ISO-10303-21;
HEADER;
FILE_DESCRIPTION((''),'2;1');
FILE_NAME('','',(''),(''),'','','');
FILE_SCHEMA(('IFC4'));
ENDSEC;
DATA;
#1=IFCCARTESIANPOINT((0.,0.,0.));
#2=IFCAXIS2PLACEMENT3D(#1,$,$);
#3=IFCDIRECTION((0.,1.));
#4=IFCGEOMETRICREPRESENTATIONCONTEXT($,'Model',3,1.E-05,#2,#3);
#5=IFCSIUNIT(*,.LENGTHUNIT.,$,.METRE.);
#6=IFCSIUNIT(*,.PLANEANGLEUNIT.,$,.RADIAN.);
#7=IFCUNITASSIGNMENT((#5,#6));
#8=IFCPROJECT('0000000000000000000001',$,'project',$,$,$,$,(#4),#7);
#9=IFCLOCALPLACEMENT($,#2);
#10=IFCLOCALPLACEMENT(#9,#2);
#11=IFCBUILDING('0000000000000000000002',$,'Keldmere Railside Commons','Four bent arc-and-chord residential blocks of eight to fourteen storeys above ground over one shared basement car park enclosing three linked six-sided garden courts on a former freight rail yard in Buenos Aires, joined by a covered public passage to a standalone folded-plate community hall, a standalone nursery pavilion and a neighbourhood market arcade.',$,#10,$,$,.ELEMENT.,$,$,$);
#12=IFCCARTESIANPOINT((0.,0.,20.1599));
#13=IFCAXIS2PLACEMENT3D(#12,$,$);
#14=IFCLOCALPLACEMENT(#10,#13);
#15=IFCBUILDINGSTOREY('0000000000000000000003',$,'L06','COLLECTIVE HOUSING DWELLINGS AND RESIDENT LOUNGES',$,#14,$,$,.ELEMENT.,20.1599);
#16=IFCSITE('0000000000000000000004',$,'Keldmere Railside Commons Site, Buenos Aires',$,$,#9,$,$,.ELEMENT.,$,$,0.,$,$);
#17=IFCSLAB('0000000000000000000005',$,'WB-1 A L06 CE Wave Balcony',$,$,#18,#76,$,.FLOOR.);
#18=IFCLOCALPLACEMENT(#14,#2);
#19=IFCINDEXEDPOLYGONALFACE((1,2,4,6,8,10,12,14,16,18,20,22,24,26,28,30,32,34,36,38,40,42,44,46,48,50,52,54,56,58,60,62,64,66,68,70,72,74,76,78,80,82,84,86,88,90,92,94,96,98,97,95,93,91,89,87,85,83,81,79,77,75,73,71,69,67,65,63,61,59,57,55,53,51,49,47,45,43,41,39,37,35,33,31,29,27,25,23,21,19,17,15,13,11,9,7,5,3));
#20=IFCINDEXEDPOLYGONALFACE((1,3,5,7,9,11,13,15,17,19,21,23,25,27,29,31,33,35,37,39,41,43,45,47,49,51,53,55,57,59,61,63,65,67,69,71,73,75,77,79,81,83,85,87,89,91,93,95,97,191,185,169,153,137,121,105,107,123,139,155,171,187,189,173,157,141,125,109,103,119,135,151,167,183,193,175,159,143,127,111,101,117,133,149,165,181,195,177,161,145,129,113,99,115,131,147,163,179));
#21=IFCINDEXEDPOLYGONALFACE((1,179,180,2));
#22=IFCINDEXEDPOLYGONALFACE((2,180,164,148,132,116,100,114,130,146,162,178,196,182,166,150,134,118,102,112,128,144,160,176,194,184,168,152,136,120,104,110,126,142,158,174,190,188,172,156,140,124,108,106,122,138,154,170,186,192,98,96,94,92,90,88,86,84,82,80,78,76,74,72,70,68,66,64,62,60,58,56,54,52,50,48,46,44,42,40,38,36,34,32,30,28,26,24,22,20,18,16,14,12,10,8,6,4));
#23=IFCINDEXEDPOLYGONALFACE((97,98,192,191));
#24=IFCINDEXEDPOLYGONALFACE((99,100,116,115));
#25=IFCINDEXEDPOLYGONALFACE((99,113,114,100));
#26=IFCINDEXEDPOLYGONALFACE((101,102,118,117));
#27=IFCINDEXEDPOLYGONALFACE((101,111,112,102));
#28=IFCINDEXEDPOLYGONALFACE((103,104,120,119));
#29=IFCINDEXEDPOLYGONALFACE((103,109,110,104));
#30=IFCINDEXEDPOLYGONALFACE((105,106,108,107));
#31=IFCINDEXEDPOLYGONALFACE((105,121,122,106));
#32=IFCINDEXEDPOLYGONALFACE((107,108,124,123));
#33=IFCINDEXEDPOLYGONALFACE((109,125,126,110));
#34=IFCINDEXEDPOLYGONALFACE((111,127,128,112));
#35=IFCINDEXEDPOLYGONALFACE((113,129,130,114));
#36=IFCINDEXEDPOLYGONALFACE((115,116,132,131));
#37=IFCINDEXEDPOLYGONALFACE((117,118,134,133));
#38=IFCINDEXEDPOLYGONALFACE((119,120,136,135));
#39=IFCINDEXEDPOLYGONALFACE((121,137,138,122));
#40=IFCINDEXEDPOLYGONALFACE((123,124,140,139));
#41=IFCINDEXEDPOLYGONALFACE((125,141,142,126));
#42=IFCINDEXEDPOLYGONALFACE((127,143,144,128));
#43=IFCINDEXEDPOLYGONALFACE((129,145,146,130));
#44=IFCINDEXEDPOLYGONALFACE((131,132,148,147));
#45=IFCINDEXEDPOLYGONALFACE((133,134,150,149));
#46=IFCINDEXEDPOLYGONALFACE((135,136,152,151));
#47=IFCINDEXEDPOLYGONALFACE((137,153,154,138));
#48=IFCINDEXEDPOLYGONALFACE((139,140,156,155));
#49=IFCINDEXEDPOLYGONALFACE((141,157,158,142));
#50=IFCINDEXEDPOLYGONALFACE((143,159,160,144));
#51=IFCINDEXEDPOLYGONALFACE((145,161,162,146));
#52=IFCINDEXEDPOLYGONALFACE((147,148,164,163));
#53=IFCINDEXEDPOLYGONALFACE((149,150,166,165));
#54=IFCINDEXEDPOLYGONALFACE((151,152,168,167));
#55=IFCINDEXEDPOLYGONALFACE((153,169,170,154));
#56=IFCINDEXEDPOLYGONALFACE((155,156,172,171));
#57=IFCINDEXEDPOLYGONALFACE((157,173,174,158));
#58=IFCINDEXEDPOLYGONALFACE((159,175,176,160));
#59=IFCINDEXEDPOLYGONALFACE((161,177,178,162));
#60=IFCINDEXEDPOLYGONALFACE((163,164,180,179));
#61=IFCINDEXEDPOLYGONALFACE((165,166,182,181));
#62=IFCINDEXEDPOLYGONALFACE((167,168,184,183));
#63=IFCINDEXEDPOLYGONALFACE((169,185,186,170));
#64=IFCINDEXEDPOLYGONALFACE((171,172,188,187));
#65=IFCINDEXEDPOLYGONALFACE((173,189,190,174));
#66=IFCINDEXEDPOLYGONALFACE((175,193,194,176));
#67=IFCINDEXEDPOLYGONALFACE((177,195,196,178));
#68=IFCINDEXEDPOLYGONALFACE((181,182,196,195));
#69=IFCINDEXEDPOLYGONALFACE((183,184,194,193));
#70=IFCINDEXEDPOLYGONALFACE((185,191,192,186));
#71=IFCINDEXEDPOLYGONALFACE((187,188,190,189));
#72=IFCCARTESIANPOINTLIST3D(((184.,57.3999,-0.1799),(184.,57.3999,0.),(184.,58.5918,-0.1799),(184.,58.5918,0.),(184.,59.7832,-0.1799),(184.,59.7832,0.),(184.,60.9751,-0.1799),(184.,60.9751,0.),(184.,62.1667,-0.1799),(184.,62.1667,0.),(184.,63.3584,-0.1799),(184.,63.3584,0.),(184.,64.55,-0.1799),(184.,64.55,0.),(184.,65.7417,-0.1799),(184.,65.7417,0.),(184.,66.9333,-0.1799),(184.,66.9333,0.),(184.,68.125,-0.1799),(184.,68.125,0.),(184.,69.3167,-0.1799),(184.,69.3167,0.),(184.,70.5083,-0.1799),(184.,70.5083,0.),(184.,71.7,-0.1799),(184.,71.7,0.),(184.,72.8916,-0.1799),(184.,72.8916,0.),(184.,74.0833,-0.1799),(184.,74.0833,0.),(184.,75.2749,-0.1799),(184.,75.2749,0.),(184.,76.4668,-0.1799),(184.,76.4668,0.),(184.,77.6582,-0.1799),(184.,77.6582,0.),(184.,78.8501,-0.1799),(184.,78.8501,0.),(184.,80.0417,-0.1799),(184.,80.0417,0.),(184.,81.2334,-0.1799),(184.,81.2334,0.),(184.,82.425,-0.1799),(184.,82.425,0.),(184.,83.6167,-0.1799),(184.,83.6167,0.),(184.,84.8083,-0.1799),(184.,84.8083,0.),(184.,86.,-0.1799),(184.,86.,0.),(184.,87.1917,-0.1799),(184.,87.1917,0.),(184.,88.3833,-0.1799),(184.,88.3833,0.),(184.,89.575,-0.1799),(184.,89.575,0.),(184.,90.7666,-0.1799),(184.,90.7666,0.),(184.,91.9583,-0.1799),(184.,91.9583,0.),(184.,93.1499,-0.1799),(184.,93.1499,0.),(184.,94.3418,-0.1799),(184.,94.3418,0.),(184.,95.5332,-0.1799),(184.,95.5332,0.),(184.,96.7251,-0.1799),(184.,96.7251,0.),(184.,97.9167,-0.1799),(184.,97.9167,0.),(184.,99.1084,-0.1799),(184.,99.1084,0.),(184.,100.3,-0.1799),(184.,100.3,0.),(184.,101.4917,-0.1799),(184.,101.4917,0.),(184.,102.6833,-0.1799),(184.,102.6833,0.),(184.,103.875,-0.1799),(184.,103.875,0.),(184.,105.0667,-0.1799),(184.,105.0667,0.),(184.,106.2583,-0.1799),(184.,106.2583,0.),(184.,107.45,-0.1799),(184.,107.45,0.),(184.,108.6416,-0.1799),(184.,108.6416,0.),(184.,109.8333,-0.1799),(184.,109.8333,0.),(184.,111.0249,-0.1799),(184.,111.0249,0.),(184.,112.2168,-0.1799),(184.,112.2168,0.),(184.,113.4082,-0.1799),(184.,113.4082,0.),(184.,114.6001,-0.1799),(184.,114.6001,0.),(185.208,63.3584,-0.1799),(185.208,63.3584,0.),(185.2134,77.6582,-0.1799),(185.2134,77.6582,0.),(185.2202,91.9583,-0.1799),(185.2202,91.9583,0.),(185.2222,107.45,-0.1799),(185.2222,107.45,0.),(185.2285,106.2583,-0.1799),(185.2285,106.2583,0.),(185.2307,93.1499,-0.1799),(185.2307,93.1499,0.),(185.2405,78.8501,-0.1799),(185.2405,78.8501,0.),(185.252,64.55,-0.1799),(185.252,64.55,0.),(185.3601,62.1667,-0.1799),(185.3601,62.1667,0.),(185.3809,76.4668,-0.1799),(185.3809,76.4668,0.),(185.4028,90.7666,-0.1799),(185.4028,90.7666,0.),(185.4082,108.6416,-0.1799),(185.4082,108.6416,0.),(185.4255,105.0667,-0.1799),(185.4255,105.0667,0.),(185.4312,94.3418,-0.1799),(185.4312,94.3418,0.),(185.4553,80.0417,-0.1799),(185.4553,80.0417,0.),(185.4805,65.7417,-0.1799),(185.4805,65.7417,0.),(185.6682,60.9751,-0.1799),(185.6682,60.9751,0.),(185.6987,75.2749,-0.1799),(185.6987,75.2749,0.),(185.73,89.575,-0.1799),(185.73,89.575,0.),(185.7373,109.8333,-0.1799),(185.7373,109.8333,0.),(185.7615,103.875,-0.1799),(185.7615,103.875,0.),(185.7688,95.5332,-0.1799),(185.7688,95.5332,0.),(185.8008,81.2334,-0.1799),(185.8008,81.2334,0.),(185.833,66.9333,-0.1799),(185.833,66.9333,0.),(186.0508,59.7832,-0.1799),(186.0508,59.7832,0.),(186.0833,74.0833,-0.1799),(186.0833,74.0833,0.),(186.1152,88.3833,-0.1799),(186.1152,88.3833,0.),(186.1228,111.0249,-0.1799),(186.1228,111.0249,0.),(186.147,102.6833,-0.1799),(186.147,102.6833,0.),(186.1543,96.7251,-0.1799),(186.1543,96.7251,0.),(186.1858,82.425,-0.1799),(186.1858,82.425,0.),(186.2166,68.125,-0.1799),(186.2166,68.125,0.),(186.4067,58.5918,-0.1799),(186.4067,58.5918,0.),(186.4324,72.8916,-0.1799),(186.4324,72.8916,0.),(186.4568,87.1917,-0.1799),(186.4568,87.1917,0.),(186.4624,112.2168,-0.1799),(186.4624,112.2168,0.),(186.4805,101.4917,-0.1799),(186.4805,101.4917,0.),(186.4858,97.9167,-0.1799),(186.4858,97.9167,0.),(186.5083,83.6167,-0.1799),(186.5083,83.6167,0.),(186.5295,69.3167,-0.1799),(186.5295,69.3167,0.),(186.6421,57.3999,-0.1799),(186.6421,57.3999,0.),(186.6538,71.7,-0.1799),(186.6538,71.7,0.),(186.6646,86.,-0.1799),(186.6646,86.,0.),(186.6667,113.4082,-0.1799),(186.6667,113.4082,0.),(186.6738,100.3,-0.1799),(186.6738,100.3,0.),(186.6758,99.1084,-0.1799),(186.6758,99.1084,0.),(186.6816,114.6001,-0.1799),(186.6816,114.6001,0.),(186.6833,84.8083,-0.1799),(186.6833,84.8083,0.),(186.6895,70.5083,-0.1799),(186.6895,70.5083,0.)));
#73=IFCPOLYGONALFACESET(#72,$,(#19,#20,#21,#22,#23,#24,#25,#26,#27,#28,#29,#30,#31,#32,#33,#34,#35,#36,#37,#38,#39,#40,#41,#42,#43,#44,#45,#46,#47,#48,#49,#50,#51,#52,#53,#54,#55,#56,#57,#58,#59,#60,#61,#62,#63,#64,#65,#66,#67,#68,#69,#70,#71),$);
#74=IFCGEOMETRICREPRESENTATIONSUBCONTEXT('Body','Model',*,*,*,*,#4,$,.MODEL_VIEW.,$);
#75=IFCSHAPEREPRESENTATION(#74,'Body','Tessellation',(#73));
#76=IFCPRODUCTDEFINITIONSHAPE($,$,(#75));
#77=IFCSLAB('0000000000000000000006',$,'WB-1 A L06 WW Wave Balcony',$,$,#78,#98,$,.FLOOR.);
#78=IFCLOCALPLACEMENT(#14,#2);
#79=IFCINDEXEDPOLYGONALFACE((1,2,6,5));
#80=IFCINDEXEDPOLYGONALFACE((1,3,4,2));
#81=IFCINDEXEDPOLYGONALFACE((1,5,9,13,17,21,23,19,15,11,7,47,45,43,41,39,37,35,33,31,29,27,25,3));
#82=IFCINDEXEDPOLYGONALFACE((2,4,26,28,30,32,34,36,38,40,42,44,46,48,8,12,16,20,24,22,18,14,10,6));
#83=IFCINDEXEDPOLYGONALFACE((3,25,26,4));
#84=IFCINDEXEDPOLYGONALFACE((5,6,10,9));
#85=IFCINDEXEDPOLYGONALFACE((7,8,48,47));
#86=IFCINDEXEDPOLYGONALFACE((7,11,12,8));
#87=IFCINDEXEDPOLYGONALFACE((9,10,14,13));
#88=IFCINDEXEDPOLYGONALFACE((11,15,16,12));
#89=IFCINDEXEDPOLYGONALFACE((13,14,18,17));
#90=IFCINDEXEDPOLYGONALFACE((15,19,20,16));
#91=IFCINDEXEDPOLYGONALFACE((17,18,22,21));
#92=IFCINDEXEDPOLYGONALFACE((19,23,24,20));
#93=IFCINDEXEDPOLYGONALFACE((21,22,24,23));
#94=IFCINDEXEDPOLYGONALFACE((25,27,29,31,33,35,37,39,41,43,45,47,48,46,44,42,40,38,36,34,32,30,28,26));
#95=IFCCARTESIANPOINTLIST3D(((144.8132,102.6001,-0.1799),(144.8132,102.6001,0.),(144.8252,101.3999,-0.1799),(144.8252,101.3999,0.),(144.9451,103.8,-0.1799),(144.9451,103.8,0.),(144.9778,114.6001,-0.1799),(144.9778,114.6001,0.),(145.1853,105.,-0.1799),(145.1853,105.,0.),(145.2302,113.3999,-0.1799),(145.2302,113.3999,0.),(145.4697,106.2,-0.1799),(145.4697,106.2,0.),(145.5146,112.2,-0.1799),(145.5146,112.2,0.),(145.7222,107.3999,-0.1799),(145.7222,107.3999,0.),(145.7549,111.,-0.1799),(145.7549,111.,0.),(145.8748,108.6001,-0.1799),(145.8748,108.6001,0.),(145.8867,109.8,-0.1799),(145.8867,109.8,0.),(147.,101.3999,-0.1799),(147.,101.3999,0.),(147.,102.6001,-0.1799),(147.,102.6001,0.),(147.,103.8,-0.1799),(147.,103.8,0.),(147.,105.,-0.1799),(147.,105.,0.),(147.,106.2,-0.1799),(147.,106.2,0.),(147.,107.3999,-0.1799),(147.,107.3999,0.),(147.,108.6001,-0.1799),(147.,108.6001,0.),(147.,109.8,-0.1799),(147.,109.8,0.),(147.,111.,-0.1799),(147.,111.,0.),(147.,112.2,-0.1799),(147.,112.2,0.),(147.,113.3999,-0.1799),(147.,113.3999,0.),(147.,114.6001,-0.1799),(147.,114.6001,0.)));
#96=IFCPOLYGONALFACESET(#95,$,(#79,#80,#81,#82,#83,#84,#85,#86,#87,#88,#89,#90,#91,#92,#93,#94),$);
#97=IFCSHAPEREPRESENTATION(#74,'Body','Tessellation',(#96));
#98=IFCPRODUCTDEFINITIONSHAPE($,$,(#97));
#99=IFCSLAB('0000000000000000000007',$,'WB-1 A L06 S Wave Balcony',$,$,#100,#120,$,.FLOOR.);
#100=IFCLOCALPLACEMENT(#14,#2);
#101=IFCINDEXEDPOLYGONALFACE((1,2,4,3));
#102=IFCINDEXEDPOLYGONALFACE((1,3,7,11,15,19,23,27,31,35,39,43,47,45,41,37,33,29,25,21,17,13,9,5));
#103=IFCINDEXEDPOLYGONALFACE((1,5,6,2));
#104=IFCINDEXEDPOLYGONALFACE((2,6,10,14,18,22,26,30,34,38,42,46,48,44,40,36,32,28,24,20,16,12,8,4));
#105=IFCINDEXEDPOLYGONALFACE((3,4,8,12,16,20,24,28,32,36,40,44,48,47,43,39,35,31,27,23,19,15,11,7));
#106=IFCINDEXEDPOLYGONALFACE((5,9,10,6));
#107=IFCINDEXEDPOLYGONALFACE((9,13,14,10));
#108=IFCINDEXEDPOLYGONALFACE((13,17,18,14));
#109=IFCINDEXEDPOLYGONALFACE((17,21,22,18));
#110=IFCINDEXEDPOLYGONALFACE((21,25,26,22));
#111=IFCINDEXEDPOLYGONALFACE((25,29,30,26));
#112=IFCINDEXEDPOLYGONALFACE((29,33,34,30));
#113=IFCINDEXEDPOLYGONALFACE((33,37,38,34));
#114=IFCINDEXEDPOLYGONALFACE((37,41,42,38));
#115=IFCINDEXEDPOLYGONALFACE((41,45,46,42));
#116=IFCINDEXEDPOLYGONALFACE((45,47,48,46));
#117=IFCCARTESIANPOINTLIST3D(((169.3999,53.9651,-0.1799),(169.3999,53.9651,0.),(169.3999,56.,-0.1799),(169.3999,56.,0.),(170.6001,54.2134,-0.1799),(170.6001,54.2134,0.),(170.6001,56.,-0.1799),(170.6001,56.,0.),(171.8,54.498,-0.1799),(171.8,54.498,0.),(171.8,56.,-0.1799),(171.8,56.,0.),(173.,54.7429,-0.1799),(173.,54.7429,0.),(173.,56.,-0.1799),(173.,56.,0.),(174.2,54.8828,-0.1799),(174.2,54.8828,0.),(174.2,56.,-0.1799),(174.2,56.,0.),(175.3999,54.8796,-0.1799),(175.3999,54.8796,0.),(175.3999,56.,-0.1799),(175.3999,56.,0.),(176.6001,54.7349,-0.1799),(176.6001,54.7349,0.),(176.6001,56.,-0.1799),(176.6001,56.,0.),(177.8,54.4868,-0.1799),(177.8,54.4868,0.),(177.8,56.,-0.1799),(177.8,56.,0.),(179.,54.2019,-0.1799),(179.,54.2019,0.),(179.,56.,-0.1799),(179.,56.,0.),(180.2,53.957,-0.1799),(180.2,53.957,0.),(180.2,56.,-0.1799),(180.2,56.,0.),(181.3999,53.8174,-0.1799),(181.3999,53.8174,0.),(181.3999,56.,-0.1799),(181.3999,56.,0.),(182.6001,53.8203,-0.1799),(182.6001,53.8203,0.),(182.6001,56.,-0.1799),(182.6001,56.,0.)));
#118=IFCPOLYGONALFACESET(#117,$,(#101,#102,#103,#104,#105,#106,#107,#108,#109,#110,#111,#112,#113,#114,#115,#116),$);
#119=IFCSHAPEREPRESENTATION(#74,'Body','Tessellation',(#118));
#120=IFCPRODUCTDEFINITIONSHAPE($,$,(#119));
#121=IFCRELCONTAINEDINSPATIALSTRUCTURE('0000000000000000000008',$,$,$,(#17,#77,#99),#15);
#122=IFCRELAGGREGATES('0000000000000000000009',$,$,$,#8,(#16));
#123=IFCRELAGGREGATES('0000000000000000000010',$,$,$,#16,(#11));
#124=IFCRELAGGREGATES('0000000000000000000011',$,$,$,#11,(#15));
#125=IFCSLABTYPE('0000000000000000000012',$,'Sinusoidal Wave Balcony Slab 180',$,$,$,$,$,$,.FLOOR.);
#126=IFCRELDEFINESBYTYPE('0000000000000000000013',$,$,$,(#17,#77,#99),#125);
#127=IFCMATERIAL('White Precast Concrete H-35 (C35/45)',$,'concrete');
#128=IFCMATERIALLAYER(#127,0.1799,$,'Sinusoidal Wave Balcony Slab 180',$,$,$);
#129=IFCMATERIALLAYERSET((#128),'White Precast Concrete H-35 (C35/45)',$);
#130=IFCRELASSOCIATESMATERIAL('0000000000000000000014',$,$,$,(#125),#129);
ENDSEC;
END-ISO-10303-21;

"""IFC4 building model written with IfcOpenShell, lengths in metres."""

from ifc_helpers import new_model, si_unit, direction, frame, origin, place, context, subcontext, project, spatial, polyline, outline, extrude, material, layer, layer_set, type_object, element, save


model = new_model("IFC4")

# Units and contexts
model_context = context("Model", 3, precision=1e-05, world=origin(), true_north=direction((0.0, 1.0)))
body_context = subcontext(model_context, "Body", "Model", "MODEL_VIEW")
ifc_project = project(units=[si_unit("LENGTHUNIT", "METRE"), si_unit("PLANEANGLEUNIT", "RADIAN")], contexts=[model_context])

# Site, building, storey
site_placement = place(None, origin())
site = spatial("IfcSite", under=ifc_project, at=site_placement, Name="Keldmere Railside Commons Site, Buenos Aires", CompositionType="ELEMENT", RefElevation=0.0)
building_placement = place(site_placement, origin())
building = spatial("IfcBuilding", under=site, at=building_placement, Name="Keldmere Railside Commons", Description="Four bent arc-and-chord residential blocks of eight to fourteen storeys above ground over one shared basement car park enclosing three linked six-sided garden courts on a former freight rail yard in Buenos Aires, joined by a covered public passage to a standalone folded-plate community hall, a standalone nursery pavilion and a neighbourhood market arcade.", CompositionType="ELEMENT")
storey_placement = place(building_placement, frame((0.0, 0.0, 20.1599)))
storey = spatial("IfcBuildingStorey", under=building, at=storey_placement, Name="L06", Description="COLLECTIVE HOUSING DWELLINGS AND RESIDENT LOUNGES", CompositionType="ELEMENT", Elevation=20.1599)

# Slabs
ifc_material_1 = material(Name="White Precast Concrete H-35 (C35/45)", Category="concrete")
ifc_layer_1 = layer(ifc_material_1, 0.1799, Name="Sinusoidal Wave Balcony Slab 180")
ifc_layer_set_1 = layer_set([ifc_layer_1], Name="White Precast Concrete H-35 (C35/45)")
slab_type_1 = type_object("IfcSlabType", Name="Sinusoidal Wave Balcony Slab 180", PredefinedType="FLOOR", material=ifc_layer_set_1)
slab_1_placement = place(storey_placement, frame((0.0, 0.0, -0.1799)))
element("IfcSlab", 1, at=slab_1_placement, inside=storey, type_object=slab_type_1, Name="WB-1 A L06 CE Wave Balcony", PredefinedType="FLOOR", context=body_context, shape_type="SweptSolid", body=[
    extrude(outline(polyline([(186.6421, 57.3999), (186.4067, 58.5918), (186.0508, 59.7832), (185.6682, 60.9751), (185.3601, 62.1667), (185.208, 63.3584), (185.252, 64.55), (185.4805, 65.7417), (185.833, 66.9333), (186.2166, 68.125), (186.5295, 69.3167), (186.6895, 70.5083), (186.6538, 71.7), (186.4324, 72.8916), (186.0833, 74.0833), (185.6987, 75.2749), (185.3809, 76.4668), (185.2134, 77.6582), (185.2405, 78.8501), (185.4553, 80.0417), (185.8008, 81.2334), (186.1858, 82.425), (186.5083, 83.6167), (186.6833, 84.8083), (186.6646, 86.0), (186.4568, 87.1917), (186.1152, 88.3833), (185.73, 89.575), (185.4028, 90.7666), (185.2202, 91.9583), (185.2307, 93.1499), (185.4312, 94.3418), (185.7688, 95.5332), (186.1543, 96.7251), (186.4858, 97.9167), (186.6758, 99.1084), (186.6738, 100.3), (186.4805, 101.4917), (186.147, 102.6833), (185.7615, 103.875), (185.4255, 105.0667), (185.2285, 106.2583), (185.2222, 107.45), (185.4082, 108.6416), (185.7373, 109.8333), (186.1228, 111.0249), (186.4624, 112.2168), (186.6667, 113.4082), (186.6816, 114.6001), (184.0, 114.6001), (184.0, 113.4082), (184.0, 112.2168), (184.0, 111.0249), (184.0, 109.8333), (184.0, 108.6416), (184.0, 107.45), (184.0, 106.2583), (184.0, 105.0667), (184.0, 103.875), (184.0, 102.6833), (184.0, 101.4917), (184.0, 100.3), (184.0, 99.1084), (184.0, 97.9167), (184.0, 96.7251), (184.0, 95.5332), (184.0, 94.3418), (184.0, 93.1499), (184.0, 91.9583), (184.0, 90.7666), (184.0, 89.575), (184.0, 88.3833), (184.0, 87.1917), (184.0, 86.0), (184.0, 84.8083), (184.0, 83.6167), (184.0, 82.425), (184.0, 81.2334), (184.0, 80.0417), (184.0, 78.8501), (184.0, 77.6582), (184.0, 76.4668), (184.0, 75.2749), (184.0, 74.0833), (184.0, 72.8916), (184.0, 71.7), (184.0, 70.5083), (184.0, 69.3167), (184.0, 68.125), (184.0, 66.9333), (184.0, 65.7417), (184.0, 64.55), (184.0, 63.3584), (184.0, 62.1667), (184.0, 60.9751), (184.0, 59.7832), (184.0, 58.5918), (184.0, 57.3999), (186.6421, 57.3999)])), origin(), (0.0, 0.0, 1.0), 0.1799),
])
slab_2_placement = place(storey_placement, frame((0.0, 0.0, -0.1799)))
element("IfcSlab", 2, at=slab_2_placement, inside=storey, type_object=slab_type_1, Name="WB-1 A L06 WW Wave Balcony", PredefinedType="FLOOR", context=body_context, shape_type="SweptSolid", body=[
    extrude(outline(polyline([(147.0, 101.3999), (147.0, 102.6001), (147.0, 103.8), (147.0, 105.0), (147.0, 106.2), (147.0, 107.3999), (147.0, 108.6001), (147.0, 109.8), (147.0, 111.0), (147.0, 112.2), (147.0, 113.3999), (147.0, 114.6001), (144.9778, 114.6001), (145.2302, 113.3999), (145.5146, 112.2), (145.7549, 111.0), (145.8867, 109.8), (145.8748, 108.6001), (145.7222, 107.3999), (145.4697, 106.2), (145.1853, 105.0), (144.9451, 103.8), (144.8132, 102.6001), (144.8252, 101.3999), (147.0, 101.3999)])), origin(), (0.0, 0.0, 1.0), 0.1799),
])
slab_3_placement = place(storey_placement, frame((0.0, 0.0, -0.1799)))
element("IfcSlab", 3, at=slab_3_placement, inside=storey, type_object=slab_type_1, Name="WB-1 A L06 S Wave Balcony", PredefinedType="FLOOR", context=body_context, shape_type="SweptSolid", body=[
    extrude(outline(polyline([(169.3999, 53.9651), (170.6001, 54.2134), (171.8, 54.498), (173.0, 54.7429), (174.2, 54.8828), (175.3999, 54.8796), (176.6001, 54.7349), (177.8, 54.4868), (179.0, 54.2019), (180.2, 53.957), (181.3999, 53.8174), (182.6001, 53.8203), (182.6001, 56.0), (181.3999, 56.0), (180.2, 56.0), (179.0, 56.0), (177.8, 56.0), (176.6001, 56.0), (175.3999, 56.0), (174.2, 56.0), (173.0, 56.0), (171.8, 56.0), (170.6001, 56.0), (169.3999, 56.0), (169.3999, 53.9651)])), origin(), (0.0, 0.0, 1.0), 0.1799),
])

save(model, "model.ifc")
